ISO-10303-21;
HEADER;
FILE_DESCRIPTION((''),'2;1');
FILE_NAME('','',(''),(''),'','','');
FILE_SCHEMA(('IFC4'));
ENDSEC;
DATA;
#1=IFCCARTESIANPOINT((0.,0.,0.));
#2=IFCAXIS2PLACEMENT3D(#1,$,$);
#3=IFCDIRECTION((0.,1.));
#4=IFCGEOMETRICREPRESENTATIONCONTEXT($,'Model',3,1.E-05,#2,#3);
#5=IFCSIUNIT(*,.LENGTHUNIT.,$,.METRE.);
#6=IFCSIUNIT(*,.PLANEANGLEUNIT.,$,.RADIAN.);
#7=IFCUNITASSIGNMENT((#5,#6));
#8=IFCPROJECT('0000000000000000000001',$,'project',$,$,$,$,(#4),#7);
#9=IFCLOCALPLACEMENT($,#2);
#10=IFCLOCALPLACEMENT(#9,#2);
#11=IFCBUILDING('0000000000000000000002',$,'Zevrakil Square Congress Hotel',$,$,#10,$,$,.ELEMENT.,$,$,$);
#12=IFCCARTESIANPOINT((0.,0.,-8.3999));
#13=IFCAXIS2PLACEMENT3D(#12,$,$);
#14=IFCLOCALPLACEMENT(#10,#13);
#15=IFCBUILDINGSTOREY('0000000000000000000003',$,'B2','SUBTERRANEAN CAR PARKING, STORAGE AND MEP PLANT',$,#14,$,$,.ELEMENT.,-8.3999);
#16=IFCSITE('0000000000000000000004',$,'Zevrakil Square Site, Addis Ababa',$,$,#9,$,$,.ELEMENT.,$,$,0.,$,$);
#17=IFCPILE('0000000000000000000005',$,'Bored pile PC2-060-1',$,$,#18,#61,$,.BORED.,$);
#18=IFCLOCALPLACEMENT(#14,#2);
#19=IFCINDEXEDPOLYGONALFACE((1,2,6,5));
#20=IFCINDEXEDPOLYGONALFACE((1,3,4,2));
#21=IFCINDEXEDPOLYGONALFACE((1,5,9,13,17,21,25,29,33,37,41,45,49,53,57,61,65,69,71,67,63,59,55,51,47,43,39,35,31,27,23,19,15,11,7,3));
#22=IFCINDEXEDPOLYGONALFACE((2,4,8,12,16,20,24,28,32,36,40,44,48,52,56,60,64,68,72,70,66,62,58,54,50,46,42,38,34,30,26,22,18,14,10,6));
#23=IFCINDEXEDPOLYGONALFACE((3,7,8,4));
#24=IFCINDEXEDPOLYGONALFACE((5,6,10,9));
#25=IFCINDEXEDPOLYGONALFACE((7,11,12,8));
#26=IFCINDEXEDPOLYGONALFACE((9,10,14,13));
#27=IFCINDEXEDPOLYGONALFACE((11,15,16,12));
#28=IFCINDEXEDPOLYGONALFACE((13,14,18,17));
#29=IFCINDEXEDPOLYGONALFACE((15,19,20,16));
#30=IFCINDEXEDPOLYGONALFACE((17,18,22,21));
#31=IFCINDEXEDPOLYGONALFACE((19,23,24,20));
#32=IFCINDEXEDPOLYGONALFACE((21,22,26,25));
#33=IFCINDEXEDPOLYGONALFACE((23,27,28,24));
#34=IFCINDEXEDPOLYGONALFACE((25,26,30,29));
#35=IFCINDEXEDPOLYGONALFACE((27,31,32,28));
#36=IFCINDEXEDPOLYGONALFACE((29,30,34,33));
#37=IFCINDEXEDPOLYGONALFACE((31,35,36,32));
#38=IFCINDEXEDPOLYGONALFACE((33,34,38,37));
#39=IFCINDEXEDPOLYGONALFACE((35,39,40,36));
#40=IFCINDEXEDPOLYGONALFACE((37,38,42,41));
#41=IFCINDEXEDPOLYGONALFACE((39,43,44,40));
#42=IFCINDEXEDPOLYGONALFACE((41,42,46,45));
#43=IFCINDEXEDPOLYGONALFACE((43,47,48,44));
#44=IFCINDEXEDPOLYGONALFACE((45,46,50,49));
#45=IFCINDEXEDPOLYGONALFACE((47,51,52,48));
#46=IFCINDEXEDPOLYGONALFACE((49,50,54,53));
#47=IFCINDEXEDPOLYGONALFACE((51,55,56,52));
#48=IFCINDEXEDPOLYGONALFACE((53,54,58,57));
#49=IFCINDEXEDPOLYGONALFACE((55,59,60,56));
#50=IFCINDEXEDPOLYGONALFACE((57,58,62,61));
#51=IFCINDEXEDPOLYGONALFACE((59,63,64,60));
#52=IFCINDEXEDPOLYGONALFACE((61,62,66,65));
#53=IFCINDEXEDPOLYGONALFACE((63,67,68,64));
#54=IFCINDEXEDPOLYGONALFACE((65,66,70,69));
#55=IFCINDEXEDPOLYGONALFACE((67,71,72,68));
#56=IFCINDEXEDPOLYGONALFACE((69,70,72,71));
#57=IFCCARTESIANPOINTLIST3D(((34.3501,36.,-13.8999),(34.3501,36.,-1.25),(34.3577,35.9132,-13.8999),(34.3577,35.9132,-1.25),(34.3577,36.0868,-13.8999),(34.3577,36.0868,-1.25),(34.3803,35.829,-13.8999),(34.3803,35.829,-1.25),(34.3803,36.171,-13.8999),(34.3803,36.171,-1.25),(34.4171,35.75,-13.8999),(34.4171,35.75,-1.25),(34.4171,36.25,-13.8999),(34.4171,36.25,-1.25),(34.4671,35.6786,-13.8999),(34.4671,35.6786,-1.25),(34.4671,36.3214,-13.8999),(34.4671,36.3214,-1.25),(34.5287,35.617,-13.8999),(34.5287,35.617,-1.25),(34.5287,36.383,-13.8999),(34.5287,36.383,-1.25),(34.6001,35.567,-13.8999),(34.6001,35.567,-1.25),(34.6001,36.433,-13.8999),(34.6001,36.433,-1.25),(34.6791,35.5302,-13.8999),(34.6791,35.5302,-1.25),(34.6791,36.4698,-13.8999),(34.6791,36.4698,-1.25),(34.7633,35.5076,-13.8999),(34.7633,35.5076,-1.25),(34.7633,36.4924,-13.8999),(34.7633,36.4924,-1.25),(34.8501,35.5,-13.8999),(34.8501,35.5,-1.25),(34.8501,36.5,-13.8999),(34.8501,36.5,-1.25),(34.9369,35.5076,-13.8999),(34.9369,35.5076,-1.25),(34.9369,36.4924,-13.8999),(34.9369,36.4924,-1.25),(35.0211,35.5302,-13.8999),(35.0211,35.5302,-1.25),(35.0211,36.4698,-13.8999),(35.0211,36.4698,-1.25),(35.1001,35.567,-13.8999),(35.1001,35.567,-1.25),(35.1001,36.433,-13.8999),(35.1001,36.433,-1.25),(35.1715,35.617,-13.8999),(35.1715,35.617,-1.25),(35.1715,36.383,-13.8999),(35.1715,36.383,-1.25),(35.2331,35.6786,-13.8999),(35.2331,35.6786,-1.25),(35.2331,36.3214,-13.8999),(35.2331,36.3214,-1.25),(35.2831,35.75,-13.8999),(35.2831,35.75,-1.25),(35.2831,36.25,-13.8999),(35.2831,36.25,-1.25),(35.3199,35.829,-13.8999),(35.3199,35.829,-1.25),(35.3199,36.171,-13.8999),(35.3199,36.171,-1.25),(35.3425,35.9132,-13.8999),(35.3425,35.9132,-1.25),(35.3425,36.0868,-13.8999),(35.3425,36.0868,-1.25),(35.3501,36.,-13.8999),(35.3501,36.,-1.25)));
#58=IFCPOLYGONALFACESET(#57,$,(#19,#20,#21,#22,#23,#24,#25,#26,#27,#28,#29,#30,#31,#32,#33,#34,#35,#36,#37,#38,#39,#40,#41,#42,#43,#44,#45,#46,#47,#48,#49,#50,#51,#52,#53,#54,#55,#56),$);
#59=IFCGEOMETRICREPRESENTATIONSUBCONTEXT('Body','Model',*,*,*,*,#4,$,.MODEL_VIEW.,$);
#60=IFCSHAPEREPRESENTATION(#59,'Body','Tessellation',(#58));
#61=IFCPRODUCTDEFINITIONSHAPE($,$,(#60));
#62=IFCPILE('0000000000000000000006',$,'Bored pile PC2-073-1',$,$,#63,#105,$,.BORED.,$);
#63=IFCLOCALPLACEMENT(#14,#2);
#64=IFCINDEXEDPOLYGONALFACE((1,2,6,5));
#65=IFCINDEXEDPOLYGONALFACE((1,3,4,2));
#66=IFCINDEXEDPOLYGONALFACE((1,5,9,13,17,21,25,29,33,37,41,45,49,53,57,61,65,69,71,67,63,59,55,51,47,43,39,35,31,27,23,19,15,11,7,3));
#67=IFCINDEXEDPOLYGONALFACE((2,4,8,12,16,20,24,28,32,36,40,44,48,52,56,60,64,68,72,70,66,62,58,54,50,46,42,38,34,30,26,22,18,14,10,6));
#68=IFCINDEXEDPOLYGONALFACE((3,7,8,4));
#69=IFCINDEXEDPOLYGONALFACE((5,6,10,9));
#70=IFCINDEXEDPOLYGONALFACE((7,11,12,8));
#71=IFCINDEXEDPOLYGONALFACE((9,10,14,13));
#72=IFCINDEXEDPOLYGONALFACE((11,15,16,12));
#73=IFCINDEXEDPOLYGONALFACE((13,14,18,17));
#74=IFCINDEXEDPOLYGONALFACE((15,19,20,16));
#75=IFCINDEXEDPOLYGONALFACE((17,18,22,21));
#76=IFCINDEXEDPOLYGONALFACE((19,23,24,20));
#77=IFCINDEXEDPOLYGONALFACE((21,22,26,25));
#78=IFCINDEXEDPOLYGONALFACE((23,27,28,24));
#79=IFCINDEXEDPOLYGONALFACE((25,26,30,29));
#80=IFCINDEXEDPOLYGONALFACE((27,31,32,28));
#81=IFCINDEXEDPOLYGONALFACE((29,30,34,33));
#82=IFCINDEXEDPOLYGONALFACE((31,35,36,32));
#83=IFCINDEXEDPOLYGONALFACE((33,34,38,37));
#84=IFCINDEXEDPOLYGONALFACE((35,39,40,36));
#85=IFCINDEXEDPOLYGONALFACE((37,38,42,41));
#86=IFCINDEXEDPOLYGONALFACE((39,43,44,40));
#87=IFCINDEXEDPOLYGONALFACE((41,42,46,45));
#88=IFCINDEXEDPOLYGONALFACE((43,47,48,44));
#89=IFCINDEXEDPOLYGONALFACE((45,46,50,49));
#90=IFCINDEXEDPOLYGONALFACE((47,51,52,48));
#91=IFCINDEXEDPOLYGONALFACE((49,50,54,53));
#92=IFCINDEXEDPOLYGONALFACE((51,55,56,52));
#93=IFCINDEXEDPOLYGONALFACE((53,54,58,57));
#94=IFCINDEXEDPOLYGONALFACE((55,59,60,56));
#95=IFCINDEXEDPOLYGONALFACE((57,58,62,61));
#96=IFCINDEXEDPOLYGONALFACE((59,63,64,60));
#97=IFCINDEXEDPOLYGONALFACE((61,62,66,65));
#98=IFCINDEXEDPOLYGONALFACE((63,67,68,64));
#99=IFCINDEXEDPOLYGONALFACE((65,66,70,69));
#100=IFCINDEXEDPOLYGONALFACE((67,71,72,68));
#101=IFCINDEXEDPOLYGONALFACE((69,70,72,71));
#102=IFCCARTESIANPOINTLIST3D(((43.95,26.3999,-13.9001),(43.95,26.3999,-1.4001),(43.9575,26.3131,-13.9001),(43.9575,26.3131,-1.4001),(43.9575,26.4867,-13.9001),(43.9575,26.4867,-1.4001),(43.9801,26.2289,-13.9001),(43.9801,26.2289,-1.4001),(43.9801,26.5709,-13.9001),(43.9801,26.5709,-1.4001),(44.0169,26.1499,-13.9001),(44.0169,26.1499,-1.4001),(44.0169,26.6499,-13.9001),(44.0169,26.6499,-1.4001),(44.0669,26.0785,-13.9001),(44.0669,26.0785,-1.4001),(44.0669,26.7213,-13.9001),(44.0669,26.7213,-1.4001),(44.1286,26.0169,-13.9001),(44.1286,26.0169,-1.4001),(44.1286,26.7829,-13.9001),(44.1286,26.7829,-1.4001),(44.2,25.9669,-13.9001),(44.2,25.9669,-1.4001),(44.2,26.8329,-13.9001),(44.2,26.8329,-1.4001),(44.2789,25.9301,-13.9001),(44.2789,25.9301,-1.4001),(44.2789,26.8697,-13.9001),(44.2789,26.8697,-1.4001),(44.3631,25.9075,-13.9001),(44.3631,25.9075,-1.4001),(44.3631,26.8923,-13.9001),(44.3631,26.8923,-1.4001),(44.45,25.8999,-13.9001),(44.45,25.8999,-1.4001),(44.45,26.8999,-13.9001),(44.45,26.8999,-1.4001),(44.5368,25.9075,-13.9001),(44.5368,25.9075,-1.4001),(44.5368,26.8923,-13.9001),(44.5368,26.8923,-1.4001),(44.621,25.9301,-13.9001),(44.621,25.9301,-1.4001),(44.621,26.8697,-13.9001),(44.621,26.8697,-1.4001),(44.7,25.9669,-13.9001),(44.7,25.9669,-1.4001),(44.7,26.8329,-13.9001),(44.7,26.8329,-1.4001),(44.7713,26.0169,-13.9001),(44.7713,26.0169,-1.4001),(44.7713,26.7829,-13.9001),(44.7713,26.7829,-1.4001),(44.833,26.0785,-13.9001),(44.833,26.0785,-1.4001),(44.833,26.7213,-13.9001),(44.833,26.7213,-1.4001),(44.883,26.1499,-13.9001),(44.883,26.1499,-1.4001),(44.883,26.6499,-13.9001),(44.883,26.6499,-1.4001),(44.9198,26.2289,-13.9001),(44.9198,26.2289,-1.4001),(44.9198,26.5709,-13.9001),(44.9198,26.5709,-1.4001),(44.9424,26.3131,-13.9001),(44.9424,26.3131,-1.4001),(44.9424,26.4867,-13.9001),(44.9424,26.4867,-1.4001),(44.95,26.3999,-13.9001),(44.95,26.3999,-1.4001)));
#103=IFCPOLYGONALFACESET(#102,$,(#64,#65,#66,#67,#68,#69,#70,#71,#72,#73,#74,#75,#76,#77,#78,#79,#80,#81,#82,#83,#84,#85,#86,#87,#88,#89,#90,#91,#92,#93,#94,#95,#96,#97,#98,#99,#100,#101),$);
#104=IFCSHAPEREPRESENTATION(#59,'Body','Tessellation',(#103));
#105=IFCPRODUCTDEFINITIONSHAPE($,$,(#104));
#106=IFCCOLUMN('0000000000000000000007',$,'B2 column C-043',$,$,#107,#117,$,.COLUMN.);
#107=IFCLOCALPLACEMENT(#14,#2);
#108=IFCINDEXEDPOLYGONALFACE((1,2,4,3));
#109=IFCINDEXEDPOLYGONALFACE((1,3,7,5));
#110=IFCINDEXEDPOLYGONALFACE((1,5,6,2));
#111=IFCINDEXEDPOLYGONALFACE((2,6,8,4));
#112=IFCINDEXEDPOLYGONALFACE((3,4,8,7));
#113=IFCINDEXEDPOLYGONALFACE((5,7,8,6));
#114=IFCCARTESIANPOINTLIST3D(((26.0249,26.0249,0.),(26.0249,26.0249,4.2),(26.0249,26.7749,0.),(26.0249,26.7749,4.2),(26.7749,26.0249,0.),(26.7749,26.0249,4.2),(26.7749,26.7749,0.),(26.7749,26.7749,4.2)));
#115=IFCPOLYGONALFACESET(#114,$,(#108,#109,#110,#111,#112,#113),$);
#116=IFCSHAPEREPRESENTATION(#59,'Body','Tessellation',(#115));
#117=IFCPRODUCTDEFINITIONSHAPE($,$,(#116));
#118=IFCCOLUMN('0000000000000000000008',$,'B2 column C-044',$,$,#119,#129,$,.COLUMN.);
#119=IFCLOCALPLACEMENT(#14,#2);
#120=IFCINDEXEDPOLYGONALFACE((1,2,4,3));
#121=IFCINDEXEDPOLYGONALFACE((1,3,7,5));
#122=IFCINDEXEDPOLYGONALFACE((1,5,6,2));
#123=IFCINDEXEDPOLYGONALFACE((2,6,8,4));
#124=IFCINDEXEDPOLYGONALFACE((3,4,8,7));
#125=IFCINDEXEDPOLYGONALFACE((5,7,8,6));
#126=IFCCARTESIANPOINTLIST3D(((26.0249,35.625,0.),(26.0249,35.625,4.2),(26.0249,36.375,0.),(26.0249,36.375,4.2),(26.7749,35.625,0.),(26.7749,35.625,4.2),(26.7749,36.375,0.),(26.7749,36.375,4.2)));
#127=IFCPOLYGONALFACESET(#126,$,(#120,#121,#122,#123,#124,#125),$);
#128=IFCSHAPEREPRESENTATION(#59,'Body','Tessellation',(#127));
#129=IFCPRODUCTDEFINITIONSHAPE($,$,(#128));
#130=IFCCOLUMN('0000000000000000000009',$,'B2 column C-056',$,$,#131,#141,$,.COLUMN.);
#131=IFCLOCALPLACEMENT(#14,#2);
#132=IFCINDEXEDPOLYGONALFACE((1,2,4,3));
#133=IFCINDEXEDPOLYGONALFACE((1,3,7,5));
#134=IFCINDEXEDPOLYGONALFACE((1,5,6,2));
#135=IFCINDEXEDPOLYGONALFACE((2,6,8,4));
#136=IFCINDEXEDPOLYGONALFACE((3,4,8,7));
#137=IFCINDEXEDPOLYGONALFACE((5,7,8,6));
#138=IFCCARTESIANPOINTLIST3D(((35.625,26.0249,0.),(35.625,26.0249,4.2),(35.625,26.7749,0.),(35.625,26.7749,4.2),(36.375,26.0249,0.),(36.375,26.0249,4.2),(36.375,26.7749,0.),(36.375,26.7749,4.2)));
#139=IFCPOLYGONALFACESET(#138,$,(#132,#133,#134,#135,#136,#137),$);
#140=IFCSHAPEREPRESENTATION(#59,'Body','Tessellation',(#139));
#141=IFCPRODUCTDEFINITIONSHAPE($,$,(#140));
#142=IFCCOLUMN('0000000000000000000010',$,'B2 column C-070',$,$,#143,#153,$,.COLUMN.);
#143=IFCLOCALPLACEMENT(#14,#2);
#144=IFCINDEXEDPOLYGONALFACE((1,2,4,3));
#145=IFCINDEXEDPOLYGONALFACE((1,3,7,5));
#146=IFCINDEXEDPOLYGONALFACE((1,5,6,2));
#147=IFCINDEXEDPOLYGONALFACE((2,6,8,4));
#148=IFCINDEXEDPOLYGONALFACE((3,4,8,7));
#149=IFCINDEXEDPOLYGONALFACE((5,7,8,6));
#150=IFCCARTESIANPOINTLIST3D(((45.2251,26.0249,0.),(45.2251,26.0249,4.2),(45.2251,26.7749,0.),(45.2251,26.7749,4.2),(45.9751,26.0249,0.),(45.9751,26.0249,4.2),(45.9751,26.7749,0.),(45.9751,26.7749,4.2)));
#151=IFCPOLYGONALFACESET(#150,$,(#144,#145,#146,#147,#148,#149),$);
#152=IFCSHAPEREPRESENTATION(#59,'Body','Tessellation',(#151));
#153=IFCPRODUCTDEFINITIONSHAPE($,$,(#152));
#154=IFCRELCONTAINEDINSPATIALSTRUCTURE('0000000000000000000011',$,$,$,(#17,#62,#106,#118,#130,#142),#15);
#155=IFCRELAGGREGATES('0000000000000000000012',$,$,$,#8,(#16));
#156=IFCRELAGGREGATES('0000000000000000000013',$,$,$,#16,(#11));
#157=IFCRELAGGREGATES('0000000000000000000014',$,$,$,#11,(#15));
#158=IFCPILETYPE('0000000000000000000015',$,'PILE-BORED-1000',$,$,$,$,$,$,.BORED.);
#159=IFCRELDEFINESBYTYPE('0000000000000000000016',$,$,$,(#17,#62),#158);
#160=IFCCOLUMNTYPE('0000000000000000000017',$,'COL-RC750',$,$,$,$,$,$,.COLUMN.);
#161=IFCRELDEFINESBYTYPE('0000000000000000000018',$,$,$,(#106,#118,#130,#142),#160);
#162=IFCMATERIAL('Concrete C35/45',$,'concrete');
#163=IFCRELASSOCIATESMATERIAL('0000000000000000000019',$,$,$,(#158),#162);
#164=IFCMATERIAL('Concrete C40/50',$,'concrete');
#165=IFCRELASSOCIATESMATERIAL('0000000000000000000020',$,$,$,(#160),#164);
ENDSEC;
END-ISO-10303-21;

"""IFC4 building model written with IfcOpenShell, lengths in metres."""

from ifc_helpers import new_model, si_unit, direction, frame, origin, origin_2d, place, context, subcontext, project, spatial, rectangle, circle, extrude, material, material_profile, profile_set, type_object, element, save


model = new_model("IFC4")

# Units and contexts
model_context = context("Model", 3, precision=1e-05, world=origin(), true_north=direction((0.0, 1.0)))
body_context = subcontext(model_context, "Body", "Model", "MODEL_VIEW")
ifc_project = project(units=[si_unit("LENGTHUNIT", "METRE"), si_unit("PLANEANGLEUNIT", "RADIAN")], contexts=[model_context])

# Site, building, storey
site_placement = place(None, origin())
site = spatial("IfcSite", under=ifc_project, at=site_placement, Name="Zevrakil Square Site, Addis Ababa", CompositionType="ELEMENT", RefElevation=0.0)
building_placement = place(site_placement, origin())
building = spatial("IfcBuilding", under=site, at=building_placement, Name="Zevrakil Square Congress Hotel", CompositionType="ELEMENT")
storey_placement = place(building_placement, frame((0.0, 0.0, -8.3999)))
storey = spatial("IfcBuildingStorey", under=building, at=storey_placement, Name="B2", Description="SUBTERRANEAN CAR PARKING, STORAGE AND MEP PLANT", CompositionType="ELEMENT", Elevation=-8.3999)

# Piles
ifc_material_1 = material(Name="Concrete C35/45", Category="concrete")
ifc_material_profile_1 = material_profile(ifc_material_1, circle(Radius=0.5, at=origin_2d()), Name="PILE D1000")
ifc_profile_set_1 = profile_set([ifc_material_profile_1], Name="Concrete C35/45")
pile_type = type_object("IfcPileType", Name="PILE-BORED-1000", PredefinedType="BORED", material=ifc_profile_set_1)
for number, where, z_axis, x_axis, name in (
    (1, (34.8501, 36.0, -1.25), (0.0, 0.0, -1.0), (1.0, 0.0, 0.0), "Bored pile PC2-060-1"),
):
    element("IfcPile", number, at=place(storey_placement, frame(where, z_axis=z_axis, x_axis=x_axis)), inside=storey, type_object=pile_type, Name=name, PredefinedType="BORED", context=body_context, shape_type="SweptSolid", body=[
        extrude(circle(Radius=0.5, at=origin_2d()), origin(), (0.0, 0.0, 1.0), 12.6499),
    ])
pile_placement = place(storey_placement, frame((44.45, 26.3999, -1.4001), z_axis=(0.0, 0.0, -1.0), x_axis=(1.0, 0.0, 0.0)))
element("IfcPile", 2, at=pile_placement, inside=storey, type_object=pile_type, Name="Bored pile PC2-073-1", PredefinedType="BORED", context=body_context, shape_type="SweptSolid", body=[
    extrude(circle(Radius=0.5, at=origin_2d()), origin(), (0.0, 0.0, 1.0), 12.5),
])

# Columns
ifc_material_2 = material(Name="Concrete C40/50", Category="concrete")
ifc_material_profile_2 = material_profile(ifc_material_2, rectangle(XDim=0.75, YDim=0.75, at=origin_2d()), Name="RC 750x750")
ifc_profile_set_2 = profile_set([ifc_material_profile_2], Name="Concrete C40/50")
column_type = type_object("IfcColumnType", Name="COL-RC750", PredefinedType="COLUMN", material=ifc_profile_set_2)
for number, where, z_axis, x_axis, name in (
    (3, (26.3999, 26.3999, 0.0), (0.0, 0.0, 1.0), (1.0, 0.0, 0.0), "B2 column C-043"),
    (4, (26.3999, 36.0, 0.0), (0.0, 0.0, 1.0), (1.0, 0.0, 0.0), "B2 column C-044"),
    (5, (36.0, 26.3999, 0.0), (0.0, 0.0, 1.0), (1.0, 0.0, 0.0), "B2 column C-056"),
    (6, (45.6001, 26.3999, 0.0), (0.0, 0.0, 1.0), (1.0, 0.0, 0.0), "B2 column C-070"),
):
    element("IfcColumn", number, at=place(storey_placement, frame(where, z_axis=z_axis, x_axis=x_axis)), inside=storey, type_object=column_type, Name=name, PredefinedType="COLUMN", context=body_context, shape_type="SweptSolid", body=[
        extrude(rectangle(XDim=0.75, YDim=0.75, at=origin_2d()), origin(), (0.0, 0.0, 1.0), 4.2),
    ])

save(model, "model.ifc")
